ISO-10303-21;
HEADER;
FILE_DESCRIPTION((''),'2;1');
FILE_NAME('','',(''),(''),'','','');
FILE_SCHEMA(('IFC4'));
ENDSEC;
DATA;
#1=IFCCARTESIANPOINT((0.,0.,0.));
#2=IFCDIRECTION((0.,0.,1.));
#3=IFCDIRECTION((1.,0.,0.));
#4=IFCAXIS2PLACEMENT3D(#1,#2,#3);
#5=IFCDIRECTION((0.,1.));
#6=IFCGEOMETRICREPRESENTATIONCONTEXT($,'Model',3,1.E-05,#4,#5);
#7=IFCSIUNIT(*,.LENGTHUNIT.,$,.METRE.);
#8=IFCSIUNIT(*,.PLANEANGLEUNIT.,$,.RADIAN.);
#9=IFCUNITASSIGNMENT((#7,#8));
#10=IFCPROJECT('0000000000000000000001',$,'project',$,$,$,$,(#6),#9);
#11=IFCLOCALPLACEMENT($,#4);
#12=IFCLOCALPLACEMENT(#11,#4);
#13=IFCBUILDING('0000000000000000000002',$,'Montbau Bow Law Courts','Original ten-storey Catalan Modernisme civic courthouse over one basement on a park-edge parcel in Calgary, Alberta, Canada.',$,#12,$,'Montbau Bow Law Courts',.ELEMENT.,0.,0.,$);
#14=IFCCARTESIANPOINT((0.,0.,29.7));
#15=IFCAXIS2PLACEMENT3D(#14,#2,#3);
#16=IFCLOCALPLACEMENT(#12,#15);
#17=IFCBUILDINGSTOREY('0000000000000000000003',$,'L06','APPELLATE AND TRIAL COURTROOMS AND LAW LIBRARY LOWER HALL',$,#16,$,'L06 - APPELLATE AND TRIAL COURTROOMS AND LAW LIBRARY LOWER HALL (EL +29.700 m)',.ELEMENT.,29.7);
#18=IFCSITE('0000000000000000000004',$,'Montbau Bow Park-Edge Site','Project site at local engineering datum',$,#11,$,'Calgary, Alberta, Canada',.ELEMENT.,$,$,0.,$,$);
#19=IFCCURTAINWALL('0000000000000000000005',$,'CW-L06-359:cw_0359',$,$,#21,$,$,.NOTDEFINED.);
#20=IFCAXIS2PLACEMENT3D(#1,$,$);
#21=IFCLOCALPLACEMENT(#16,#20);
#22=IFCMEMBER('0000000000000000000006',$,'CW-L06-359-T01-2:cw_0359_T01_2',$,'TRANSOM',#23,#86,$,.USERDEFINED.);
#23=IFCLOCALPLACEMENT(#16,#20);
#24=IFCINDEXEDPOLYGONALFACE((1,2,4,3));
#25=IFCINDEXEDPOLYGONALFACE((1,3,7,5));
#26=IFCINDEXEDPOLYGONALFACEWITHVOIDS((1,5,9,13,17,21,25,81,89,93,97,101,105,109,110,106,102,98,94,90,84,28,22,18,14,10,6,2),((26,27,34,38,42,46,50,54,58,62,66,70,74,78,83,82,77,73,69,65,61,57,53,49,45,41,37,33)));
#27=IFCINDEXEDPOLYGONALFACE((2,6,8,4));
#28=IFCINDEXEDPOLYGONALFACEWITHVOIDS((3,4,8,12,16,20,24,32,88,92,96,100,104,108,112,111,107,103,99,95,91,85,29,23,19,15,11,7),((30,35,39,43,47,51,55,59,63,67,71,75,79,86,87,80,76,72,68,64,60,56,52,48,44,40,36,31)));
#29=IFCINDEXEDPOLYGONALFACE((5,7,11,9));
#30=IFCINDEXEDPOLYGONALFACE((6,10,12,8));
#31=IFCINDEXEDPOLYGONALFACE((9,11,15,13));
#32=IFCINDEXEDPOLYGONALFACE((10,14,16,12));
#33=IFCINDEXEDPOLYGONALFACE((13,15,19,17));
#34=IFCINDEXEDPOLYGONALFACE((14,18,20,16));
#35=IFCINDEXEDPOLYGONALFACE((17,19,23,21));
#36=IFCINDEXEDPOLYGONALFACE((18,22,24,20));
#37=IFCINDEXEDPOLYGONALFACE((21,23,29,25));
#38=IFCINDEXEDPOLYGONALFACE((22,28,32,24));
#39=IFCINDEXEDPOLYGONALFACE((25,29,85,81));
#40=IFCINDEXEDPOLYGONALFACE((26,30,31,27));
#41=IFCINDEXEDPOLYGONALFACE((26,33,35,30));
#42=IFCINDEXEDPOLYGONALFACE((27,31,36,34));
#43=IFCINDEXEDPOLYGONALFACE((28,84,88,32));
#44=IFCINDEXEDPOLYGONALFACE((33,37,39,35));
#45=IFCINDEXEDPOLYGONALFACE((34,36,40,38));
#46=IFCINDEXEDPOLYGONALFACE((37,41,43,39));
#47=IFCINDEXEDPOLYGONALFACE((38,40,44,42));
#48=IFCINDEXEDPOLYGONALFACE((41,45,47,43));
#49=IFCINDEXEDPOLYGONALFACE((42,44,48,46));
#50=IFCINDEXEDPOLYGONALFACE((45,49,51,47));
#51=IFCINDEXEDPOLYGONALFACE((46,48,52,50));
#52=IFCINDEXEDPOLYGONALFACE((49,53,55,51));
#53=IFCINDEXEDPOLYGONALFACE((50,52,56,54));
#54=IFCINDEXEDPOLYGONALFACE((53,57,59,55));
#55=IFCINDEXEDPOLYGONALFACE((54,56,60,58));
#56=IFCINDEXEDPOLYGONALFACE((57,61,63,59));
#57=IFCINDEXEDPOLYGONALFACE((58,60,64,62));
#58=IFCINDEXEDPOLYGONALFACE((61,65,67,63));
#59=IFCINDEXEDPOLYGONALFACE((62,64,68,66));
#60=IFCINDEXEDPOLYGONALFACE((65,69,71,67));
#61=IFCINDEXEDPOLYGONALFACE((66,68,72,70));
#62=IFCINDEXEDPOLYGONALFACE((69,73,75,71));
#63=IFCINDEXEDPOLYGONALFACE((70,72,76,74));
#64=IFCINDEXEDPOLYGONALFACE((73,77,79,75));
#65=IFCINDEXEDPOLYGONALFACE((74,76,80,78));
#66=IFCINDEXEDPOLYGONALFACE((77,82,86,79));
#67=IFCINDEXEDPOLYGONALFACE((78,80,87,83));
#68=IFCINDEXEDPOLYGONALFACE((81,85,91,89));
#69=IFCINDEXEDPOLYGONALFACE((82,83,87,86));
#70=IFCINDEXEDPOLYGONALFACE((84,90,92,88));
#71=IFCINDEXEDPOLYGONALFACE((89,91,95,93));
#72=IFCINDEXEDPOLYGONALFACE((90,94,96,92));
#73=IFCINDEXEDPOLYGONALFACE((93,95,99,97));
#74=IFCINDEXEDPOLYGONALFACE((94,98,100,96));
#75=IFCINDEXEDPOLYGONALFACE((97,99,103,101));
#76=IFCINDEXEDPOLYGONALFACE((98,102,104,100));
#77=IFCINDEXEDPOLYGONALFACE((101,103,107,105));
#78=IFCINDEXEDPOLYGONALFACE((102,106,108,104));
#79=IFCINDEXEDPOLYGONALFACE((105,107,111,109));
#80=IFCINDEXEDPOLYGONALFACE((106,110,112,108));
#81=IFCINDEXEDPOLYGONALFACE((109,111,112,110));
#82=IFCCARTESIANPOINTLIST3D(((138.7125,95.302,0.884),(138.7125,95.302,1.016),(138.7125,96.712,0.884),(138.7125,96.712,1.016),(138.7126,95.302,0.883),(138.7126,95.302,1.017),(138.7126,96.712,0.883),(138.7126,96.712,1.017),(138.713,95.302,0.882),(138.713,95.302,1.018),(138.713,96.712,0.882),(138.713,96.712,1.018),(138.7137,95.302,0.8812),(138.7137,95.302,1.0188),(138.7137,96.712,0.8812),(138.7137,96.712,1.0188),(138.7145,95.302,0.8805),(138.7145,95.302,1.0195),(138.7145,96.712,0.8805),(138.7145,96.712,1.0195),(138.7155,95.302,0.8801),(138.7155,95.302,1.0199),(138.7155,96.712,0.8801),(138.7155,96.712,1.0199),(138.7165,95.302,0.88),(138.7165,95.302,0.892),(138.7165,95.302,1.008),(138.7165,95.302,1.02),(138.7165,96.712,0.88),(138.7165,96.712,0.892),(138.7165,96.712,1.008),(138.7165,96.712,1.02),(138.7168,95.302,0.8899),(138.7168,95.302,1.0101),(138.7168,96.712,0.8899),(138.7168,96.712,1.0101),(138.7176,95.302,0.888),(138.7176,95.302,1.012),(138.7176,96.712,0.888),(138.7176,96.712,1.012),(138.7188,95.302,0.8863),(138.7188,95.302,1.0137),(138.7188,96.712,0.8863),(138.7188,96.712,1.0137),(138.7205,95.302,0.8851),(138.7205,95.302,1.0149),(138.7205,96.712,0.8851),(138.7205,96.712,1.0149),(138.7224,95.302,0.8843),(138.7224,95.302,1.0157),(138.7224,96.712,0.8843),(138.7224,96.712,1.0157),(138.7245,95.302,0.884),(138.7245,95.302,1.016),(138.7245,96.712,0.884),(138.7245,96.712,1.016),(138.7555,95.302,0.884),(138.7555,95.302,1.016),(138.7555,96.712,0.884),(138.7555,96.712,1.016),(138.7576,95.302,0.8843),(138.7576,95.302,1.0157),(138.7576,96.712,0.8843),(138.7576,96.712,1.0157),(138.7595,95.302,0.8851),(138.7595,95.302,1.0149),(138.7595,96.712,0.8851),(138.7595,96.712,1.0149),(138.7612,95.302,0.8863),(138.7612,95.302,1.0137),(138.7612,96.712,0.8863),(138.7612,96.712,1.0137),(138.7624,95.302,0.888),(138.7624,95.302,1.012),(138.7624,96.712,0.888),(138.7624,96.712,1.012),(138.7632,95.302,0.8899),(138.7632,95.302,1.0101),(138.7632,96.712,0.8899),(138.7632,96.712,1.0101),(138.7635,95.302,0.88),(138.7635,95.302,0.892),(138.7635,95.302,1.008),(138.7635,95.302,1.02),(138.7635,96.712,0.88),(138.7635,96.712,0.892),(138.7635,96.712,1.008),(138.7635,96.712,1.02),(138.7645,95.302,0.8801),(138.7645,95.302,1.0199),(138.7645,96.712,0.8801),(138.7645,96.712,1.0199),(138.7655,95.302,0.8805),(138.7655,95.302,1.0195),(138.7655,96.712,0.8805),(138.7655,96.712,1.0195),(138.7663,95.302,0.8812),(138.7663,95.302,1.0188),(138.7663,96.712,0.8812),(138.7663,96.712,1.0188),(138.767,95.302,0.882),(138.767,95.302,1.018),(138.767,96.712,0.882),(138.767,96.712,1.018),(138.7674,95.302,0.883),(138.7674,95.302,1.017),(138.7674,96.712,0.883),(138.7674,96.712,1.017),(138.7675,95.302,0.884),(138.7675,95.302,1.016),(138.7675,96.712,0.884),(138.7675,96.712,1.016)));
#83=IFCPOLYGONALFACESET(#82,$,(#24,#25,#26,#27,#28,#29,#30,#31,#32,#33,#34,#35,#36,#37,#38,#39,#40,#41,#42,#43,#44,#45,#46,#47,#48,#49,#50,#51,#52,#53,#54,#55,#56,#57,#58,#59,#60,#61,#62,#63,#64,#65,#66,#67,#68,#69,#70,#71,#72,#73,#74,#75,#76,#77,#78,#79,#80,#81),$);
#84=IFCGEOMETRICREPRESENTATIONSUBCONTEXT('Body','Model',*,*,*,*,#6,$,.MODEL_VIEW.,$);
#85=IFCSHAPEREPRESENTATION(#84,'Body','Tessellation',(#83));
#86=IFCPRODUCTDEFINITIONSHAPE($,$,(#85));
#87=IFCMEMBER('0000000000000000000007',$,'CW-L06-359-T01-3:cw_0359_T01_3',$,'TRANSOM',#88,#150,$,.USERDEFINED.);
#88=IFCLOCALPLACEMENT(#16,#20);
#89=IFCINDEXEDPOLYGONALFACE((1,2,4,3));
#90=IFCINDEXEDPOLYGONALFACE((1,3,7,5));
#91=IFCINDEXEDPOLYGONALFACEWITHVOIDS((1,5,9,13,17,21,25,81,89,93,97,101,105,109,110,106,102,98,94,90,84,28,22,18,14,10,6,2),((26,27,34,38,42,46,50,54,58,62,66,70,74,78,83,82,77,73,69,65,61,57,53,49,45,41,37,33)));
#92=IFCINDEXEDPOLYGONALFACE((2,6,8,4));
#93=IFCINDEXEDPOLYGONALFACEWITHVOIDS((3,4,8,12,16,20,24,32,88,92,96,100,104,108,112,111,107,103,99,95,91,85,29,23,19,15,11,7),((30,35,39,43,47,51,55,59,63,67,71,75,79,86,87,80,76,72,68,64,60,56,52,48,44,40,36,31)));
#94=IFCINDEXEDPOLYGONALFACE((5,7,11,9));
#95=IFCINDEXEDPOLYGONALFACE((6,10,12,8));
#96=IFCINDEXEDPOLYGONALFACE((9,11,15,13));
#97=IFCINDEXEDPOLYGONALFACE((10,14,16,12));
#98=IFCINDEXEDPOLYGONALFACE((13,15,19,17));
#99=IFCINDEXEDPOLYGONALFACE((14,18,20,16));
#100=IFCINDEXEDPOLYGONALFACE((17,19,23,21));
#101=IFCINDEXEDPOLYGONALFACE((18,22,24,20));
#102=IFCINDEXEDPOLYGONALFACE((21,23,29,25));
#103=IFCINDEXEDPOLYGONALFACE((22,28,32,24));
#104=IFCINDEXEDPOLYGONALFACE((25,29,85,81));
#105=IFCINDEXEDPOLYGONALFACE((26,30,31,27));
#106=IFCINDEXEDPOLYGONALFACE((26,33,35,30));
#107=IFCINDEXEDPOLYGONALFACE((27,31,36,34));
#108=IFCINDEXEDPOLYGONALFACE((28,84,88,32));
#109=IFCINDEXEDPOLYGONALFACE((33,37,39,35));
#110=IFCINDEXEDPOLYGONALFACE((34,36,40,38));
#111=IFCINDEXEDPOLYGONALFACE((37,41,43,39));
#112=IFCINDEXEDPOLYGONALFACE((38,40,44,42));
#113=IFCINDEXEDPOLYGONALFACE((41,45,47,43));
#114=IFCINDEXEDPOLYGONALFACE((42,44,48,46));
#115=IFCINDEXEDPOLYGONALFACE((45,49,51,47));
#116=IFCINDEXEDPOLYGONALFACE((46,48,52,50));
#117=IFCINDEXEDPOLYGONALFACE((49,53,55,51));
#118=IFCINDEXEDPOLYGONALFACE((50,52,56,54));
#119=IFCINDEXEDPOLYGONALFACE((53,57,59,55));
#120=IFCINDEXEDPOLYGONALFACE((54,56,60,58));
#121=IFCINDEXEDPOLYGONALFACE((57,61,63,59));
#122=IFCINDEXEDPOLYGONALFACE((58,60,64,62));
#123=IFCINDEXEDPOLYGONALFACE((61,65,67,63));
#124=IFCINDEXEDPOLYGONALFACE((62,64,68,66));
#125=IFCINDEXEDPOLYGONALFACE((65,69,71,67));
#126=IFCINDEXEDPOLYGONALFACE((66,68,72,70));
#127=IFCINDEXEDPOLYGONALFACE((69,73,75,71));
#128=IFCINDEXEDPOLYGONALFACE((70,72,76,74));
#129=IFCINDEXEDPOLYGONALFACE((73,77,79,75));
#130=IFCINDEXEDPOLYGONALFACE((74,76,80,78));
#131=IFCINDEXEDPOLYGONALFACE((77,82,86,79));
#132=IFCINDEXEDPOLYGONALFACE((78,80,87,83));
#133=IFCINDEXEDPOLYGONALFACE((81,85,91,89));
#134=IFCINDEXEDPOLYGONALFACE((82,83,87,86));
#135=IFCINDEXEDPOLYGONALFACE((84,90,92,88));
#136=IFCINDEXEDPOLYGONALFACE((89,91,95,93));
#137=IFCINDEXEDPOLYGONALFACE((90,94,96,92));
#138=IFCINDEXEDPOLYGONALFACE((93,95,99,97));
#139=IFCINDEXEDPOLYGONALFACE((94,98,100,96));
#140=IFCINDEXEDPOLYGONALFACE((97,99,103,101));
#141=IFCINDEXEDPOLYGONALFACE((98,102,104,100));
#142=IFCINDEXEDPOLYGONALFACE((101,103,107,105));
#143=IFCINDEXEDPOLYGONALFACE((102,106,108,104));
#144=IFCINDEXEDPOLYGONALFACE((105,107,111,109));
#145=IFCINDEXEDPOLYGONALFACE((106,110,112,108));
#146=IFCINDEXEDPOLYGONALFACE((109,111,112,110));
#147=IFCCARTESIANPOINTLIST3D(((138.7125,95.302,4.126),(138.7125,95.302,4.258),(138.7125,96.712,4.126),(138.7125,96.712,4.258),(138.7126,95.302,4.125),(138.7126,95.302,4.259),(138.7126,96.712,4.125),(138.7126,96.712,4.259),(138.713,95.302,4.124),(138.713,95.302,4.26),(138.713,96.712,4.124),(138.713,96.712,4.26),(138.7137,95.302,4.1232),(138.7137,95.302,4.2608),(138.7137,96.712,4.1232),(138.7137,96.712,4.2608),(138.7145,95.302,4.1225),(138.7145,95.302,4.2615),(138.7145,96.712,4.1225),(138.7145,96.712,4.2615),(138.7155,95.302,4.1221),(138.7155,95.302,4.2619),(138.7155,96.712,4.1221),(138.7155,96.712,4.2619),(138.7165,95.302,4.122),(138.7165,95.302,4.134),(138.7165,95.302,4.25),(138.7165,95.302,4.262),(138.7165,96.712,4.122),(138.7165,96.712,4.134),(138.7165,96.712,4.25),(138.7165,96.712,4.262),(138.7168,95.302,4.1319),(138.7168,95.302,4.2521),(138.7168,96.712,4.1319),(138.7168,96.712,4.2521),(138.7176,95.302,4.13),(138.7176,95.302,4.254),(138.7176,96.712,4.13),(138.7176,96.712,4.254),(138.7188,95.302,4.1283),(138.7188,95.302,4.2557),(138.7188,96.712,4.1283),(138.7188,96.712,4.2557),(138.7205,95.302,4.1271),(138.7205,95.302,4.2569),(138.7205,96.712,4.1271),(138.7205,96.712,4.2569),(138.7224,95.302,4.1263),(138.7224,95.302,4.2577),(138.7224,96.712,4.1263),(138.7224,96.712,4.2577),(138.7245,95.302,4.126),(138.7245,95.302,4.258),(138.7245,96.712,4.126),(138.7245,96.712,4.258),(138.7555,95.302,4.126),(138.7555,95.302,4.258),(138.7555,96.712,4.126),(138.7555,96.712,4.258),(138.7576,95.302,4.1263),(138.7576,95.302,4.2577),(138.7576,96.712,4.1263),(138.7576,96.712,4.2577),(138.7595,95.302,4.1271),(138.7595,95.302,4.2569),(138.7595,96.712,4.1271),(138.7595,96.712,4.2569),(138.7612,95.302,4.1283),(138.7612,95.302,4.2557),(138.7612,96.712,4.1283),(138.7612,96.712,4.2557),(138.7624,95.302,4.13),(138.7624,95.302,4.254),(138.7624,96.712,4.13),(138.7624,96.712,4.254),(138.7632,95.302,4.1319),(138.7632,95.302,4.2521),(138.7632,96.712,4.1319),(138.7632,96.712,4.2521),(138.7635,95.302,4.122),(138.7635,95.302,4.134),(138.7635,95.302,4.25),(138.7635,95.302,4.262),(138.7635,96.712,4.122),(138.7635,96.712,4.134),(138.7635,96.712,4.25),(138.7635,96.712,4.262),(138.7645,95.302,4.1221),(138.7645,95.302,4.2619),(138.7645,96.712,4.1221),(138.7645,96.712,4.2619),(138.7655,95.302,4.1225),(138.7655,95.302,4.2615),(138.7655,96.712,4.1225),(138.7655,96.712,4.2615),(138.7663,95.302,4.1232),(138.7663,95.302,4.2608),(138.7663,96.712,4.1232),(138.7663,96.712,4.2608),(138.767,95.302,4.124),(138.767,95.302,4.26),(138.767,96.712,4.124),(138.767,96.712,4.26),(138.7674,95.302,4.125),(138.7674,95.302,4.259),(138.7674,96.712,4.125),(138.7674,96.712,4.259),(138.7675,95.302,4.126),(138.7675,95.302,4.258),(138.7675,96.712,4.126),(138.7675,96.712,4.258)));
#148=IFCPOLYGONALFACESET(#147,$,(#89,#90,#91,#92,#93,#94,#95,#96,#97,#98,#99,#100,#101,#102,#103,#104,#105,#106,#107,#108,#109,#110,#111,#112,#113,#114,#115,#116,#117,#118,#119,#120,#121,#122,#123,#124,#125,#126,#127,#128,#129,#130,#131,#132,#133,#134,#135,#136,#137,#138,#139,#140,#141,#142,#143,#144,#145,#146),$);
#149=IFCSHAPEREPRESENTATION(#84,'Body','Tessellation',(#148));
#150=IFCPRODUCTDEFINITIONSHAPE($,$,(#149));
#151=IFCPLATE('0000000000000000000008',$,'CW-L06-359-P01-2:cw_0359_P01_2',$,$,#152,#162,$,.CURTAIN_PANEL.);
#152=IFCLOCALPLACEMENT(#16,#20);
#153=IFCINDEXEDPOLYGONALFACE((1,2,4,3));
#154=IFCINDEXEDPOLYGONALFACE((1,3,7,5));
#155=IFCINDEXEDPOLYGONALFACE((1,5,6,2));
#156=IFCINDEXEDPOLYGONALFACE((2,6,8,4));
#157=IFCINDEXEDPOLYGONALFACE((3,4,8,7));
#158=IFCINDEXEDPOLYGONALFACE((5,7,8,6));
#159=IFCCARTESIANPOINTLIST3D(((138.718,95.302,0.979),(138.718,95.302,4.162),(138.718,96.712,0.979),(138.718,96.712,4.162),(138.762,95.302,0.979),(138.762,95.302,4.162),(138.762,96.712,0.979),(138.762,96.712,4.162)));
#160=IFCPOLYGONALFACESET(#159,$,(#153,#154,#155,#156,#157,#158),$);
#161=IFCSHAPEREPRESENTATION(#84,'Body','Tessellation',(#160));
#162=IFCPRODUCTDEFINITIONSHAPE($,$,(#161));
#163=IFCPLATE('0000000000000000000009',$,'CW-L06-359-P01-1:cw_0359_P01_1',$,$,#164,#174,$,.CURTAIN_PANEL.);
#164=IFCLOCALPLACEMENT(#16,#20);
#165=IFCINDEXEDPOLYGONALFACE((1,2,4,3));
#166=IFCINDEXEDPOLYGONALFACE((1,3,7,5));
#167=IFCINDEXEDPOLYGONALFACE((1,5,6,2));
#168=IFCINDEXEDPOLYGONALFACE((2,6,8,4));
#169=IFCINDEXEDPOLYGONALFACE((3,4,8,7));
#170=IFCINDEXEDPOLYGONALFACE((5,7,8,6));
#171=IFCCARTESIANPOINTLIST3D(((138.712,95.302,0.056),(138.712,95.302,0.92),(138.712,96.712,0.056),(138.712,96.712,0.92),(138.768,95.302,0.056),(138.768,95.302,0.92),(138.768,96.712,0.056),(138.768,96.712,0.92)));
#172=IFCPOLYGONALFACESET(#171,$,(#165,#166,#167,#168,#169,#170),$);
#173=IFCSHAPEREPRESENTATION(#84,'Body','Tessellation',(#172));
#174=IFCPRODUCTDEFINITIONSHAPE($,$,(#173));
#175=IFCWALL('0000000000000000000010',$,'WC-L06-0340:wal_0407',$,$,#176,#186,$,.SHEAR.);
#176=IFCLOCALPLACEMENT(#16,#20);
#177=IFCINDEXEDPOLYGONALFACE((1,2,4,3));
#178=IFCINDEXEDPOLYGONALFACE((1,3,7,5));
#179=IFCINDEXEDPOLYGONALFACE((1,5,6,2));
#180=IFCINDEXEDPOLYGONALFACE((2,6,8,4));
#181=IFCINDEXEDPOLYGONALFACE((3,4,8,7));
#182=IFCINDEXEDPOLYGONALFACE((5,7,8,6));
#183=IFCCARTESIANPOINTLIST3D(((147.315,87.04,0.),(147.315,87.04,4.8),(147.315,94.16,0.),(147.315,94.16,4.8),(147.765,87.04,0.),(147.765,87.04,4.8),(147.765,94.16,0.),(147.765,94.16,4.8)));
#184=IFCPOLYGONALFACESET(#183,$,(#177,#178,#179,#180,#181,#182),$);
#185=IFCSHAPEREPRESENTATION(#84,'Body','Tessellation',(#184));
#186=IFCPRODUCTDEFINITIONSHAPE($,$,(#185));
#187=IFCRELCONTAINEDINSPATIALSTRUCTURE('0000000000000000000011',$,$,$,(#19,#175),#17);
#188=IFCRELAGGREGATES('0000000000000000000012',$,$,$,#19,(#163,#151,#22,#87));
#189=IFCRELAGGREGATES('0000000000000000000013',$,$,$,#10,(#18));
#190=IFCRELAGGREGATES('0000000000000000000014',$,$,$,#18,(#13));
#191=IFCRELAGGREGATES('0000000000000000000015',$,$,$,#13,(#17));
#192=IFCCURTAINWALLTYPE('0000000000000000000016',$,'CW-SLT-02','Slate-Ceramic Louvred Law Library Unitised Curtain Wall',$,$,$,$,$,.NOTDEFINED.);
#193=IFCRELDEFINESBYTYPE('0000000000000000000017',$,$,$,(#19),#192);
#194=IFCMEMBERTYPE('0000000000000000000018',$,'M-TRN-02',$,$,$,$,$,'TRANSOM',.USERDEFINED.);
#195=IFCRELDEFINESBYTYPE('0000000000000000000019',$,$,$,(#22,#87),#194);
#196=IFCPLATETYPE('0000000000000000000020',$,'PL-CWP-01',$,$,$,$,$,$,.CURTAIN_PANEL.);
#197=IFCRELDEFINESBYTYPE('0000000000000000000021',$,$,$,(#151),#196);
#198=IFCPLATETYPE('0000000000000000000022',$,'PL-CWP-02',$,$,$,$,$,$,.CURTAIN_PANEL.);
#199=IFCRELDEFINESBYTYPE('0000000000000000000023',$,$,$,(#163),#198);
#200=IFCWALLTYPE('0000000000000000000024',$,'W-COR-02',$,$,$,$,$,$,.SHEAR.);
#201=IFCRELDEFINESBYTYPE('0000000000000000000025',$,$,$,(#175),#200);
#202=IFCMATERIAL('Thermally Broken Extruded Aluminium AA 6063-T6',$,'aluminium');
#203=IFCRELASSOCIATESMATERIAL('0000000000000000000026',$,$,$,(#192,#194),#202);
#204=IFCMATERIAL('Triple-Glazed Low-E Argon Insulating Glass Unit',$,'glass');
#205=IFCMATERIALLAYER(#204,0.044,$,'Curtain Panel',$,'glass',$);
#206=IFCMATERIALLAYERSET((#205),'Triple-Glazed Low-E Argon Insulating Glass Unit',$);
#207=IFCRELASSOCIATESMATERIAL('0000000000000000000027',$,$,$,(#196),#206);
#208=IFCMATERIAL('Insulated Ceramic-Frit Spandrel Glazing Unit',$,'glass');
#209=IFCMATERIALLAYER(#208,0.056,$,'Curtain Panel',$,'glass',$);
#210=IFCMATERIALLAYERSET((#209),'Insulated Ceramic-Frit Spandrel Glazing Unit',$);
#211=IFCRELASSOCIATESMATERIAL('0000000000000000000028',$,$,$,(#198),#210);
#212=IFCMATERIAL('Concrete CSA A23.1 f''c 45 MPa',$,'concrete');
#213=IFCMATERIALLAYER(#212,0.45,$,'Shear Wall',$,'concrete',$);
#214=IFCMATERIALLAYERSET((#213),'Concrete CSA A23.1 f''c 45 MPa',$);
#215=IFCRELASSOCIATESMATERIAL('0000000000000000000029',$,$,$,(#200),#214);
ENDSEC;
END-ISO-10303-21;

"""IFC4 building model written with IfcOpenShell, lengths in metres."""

from ifc_helpers import new_model, si_unit, direction, frame, frame_2d, origin_with_axes, origin_2d_with_axis, place, context, subcontext, project, spatial, rectangle, hollow_rectangle, extrude, material, layer, layer_set, material_profile, profile_set, type_object, element, aggregate, save


model = new_model("IFC4")

# Units and contexts
model_context = context("Model", 3, precision=1e-05, world=origin_with_axes(), true_north=direction((0.0, 1.0)))
body_context = subcontext(model_context, "Body", "Model", "MODEL_VIEW")
ifc_project = project(units=[si_unit("LENGTHUNIT", "METRE"), si_unit("PLANEANGLEUNIT", "RADIAN")], contexts=[model_context])

# Site, building, storey
site_placement = place(None, origin_with_axes())
site = spatial("IfcSite", under=ifc_project, at=site_placement, Name="Montbau Bow Park-Edge Site", Description="Project site at local engineering datum", LongName="Calgary, Alberta, Canada", CompositionType="ELEMENT", RefElevation=0.0)
building_placement = place(site_placement, origin_with_axes())
building = spatial("IfcBuilding", under=site, at=building_placement, Name="Montbau Bow Law Courts", Description="Original ten-storey Catalan Modernisme civic courthouse over one basement on a park-edge parcel in Calgary, Alberta, Canada.", LongName="Montbau Bow Law Courts", CompositionType="ELEMENT", ElevationOfRefHeight=0.0, ElevationOfTerrain=0.0)
storey_placement = place(building_placement, frame((0.0, 0.0, 29.7), z_axis=(0.0, 0.0, 1.0), x_axis=(1.0, 0.0, 0.0)))
storey = spatial("IfcBuildingStorey", under=building, at=storey_placement, Name="L06", Description="APPELLATE AND TRIAL COURTROOMS AND LAW LIBRARY LOWER HALL", LongName="L06 - APPELLATE AND TRIAL COURTROOMS AND LAW LIBRARY LOWER HALL (EL +29.700 m)", CompositionType="ELEMENT", Elevation=29.7)

# Curtain wall
ifc_material_1 = material(Name="Thermally Broken Extruded Aluminium AA 6063-T6", Category="aluminium")
curtain_wall_type = type_object("IfcCurtainWallType", Name="CW-SLT-02", Description="Slate-Ceramic Louvred Law Library Unitised Curtain Wall", PredefinedType="NOTDEFINED", material=ifc_material_1)
curtain_wall_1_placement = place(None, frame((138.74, 95.24, 29.7), z_axis=(0.0, 0.0, 1.0), x_axis=(1.0, 0.0, 0.0)))
curtain_wall_1 = element("IfcCurtainWall", 1, at=curtain_wall_1_placement, inside=storey, type_object=curtain_wall_type, Name="CW-L06-359:cw_0359", PredefinedType="NOTDEFINED")

# Members
ifc_material_profile_1 = material_profile(ifc_material_1, hollow_rectangle(XDim=0.055, YDim=0.14, WallThickness=0.004, InnerFilletRadius=0.008, OuterFilletRadius=0.004, at=origin_2d_with_axis()), Name="CWT-140X55", Category="Main", Priority=0)
ifc_profile_set_1 = profile_set([ifc_material_profile_1], Name="Thermally Broken Extruded Aluminium AA 6063-T6")
member_type_1 = type_object("IfcMemberType", Name="M-TRN-02", ElementType="TRANSOM", PredefinedType="USERDEFINED", material=ifc_profile_set_1)
member_1_placement = place(None, frame((138.74, 95.302, 30.65), z_axis=(0.0, 1.0, 0.0), x_axis=(-1.0, 0.0, 0.0)))
member_1 = element("IfcMember", 2, at=member_1_placement, type_object=member_type_1, Name="CW-L06-359-T01-2:cw_0359_T01_2", ObjectType="TRANSOM", PredefinedType="USERDEFINED", context=body_context, shape_type="SweptSolid", body=[
    extrude(hollow_rectangle(XDim=0.055, YDim=0.14, WallThickness=0.004, InnerFilletRadius=0.008, OuterFilletRadius=0.004, at=origin_2d_with_axis()), origin_with_axes(), (0.0, 0.0, 1.0), 1.41),
])
member_2_placement = place(None, frame((138.74, 95.302, 33.892), z_axis=(0.0, 1.0, 0.0), x_axis=(-1.0, 0.0, 0.0)))
member_2 = element("IfcMember", 3, at=member_2_placement, type_object=member_type_1, Name="CW-L06-359-T01-3:cw_0359_T01_3", ObjectType="TRANSOM", PredefinedType="USERDEFINED", context=body_context, shape_type="SweptSolid", body=[
    extrude(hollow_rectangle(XDim=0.055, YDim=0.14, WallThickness=0.004, InnerFilletRadius=0.008, OuterFilletRadius=0.004, at=origin_2d_with_axis()), origin_with_axes(), (0.0, 0.0, 1.0), 1.41),
])

# Plates
ifc_material_2 = material(Name="Triple-Glazed Low-E Argon Insulating Glass Unit", Category="glass")
ifc_layer_1 = layer(ifc_material_2, 0.044, Name="Curtain Panel", Category="glass")
ifc_layer_set_1 = layer_set([ifc_layer_1], Name="Triple-Glazed Low-E Argon Insulating Glass Unit")
plate_type_1 = type_object("IfcPlateType", Name="PL-CWP-01", PredefinedType="CURTAIN_PANEL", material=ifc_layer_set_1)
plate_1_placement = place(None, frame((138.74, 95.302, 30.679), z_axis=(1.0, 0.0, 0.0), x_axis=(0.0, 1.0, 0.0)))
plate_1 = element("IfcPlate", 4, at=plate_1_placement, type_object=plate_type_1, Name="CW-L06-359-P01-2:cw_0359_P01_2", PredefinedType="CURTAIN_PANEL", context=body_context, shape_type="SweptSolid", body=[
    extrude(rectangle(XDim=1.41, YDim=3.183, at=frame_2d((0.705, 1.5915), x_axis=(1.0, 0.0))), frame((0.0, 0.0, -0.022), z_axis=(0.0, 0.0, 1.0), x_axis=(1.0, 0.0, 0.0)), (0.0, 0.0, 1.0), 0.044),
])
ifc_material_3 = material(Name="Insulated Ceramic-Frit Spandrel Glazing Unit", Category="glass")
ifc_layer_2 = layer(ifc_material_3, 0.056, Name="Curtain Panel", Category="glass")
ifc_layer_set_2 = layer_set([ifc_layer_2], Name="Insulated Ceramic-Frit Spandrel Glazing Unit")
plate_type_2 = type_object("IfcPlateType", Name="PL-CWP-02", PredefinedType="CURTAIN_PANEL", material=ifc_layer_set_2)
plate_2_placement = place(None, frame((138.74, 95.302, 29.756), z_axis=(1.0, 0.0, 0.0), x_axis=(0.0, 1.0, 0.0)))
plate_2 = element("IfcPlate", 5, at=plate_2_placement, type_object=plate_type_2, Name="CW-L06-359-P01-1:cw_0359_P01_1", PredefinedType="CURTAIN_PANEL", context=body_context, shape_type="SweptSolid", body=[
    extrude(rectangle(XDim=1.41, YDim=0.864, at=frame_2d((0.705, 0.432), x_axis=(1.0, 0.0))), frame((0.0, 0.0, -0.028), z_axis=(0.0, 0.0, 1.0), x_axis=(1.0, 0.0, 0.0)), (0.0, 0.0, 1.0), 0.056),
])
aggregate(curtain_wall_1, [plate_2, plate_1, member_1, member_2])

# Wall
ifc_material_4 = material(Name="Concrete CSA A23.1 f'c 45 MPa", Category="concrete")
ifc_layer_3 = layer(ifc_material_4, 0.45, Name="Shear Wall", Category="concrete")
ifc_layer_set_3 = layer_set([ifc_layer_3], Name="Concrete CSA A23.1 f'c 45 MPa")
wall_type_1 = type_object("IfcWallType", Name="W-COR-02", PredefinedType="SHEAR", material=ifc_layer_set_3)
wall_1_placement = place(None, frame((147.54, 94.16, 29.7), z_axis=(0.0, 0.0, 1.0), x_axis=(0.0, -1.0, 0.0)))
element("IfcWall", 6, at=wall_1_placement, inside=storey, type_object=wall_type_1, Name="WC-L06-0340:wal_0407", PredefinedType="SHEAR", context=body_context, shape_type="SweptSolid", body=[
    extrude(rectangle(XDim=7.12, YDim=0.45, at=frame_2d((3.56, 0.0), x_axis=(1.0, 0.0))), origin_with_axes(), (0.0, 0.0, 1.0), 4.8),
])

save(model, "model.ifc")
